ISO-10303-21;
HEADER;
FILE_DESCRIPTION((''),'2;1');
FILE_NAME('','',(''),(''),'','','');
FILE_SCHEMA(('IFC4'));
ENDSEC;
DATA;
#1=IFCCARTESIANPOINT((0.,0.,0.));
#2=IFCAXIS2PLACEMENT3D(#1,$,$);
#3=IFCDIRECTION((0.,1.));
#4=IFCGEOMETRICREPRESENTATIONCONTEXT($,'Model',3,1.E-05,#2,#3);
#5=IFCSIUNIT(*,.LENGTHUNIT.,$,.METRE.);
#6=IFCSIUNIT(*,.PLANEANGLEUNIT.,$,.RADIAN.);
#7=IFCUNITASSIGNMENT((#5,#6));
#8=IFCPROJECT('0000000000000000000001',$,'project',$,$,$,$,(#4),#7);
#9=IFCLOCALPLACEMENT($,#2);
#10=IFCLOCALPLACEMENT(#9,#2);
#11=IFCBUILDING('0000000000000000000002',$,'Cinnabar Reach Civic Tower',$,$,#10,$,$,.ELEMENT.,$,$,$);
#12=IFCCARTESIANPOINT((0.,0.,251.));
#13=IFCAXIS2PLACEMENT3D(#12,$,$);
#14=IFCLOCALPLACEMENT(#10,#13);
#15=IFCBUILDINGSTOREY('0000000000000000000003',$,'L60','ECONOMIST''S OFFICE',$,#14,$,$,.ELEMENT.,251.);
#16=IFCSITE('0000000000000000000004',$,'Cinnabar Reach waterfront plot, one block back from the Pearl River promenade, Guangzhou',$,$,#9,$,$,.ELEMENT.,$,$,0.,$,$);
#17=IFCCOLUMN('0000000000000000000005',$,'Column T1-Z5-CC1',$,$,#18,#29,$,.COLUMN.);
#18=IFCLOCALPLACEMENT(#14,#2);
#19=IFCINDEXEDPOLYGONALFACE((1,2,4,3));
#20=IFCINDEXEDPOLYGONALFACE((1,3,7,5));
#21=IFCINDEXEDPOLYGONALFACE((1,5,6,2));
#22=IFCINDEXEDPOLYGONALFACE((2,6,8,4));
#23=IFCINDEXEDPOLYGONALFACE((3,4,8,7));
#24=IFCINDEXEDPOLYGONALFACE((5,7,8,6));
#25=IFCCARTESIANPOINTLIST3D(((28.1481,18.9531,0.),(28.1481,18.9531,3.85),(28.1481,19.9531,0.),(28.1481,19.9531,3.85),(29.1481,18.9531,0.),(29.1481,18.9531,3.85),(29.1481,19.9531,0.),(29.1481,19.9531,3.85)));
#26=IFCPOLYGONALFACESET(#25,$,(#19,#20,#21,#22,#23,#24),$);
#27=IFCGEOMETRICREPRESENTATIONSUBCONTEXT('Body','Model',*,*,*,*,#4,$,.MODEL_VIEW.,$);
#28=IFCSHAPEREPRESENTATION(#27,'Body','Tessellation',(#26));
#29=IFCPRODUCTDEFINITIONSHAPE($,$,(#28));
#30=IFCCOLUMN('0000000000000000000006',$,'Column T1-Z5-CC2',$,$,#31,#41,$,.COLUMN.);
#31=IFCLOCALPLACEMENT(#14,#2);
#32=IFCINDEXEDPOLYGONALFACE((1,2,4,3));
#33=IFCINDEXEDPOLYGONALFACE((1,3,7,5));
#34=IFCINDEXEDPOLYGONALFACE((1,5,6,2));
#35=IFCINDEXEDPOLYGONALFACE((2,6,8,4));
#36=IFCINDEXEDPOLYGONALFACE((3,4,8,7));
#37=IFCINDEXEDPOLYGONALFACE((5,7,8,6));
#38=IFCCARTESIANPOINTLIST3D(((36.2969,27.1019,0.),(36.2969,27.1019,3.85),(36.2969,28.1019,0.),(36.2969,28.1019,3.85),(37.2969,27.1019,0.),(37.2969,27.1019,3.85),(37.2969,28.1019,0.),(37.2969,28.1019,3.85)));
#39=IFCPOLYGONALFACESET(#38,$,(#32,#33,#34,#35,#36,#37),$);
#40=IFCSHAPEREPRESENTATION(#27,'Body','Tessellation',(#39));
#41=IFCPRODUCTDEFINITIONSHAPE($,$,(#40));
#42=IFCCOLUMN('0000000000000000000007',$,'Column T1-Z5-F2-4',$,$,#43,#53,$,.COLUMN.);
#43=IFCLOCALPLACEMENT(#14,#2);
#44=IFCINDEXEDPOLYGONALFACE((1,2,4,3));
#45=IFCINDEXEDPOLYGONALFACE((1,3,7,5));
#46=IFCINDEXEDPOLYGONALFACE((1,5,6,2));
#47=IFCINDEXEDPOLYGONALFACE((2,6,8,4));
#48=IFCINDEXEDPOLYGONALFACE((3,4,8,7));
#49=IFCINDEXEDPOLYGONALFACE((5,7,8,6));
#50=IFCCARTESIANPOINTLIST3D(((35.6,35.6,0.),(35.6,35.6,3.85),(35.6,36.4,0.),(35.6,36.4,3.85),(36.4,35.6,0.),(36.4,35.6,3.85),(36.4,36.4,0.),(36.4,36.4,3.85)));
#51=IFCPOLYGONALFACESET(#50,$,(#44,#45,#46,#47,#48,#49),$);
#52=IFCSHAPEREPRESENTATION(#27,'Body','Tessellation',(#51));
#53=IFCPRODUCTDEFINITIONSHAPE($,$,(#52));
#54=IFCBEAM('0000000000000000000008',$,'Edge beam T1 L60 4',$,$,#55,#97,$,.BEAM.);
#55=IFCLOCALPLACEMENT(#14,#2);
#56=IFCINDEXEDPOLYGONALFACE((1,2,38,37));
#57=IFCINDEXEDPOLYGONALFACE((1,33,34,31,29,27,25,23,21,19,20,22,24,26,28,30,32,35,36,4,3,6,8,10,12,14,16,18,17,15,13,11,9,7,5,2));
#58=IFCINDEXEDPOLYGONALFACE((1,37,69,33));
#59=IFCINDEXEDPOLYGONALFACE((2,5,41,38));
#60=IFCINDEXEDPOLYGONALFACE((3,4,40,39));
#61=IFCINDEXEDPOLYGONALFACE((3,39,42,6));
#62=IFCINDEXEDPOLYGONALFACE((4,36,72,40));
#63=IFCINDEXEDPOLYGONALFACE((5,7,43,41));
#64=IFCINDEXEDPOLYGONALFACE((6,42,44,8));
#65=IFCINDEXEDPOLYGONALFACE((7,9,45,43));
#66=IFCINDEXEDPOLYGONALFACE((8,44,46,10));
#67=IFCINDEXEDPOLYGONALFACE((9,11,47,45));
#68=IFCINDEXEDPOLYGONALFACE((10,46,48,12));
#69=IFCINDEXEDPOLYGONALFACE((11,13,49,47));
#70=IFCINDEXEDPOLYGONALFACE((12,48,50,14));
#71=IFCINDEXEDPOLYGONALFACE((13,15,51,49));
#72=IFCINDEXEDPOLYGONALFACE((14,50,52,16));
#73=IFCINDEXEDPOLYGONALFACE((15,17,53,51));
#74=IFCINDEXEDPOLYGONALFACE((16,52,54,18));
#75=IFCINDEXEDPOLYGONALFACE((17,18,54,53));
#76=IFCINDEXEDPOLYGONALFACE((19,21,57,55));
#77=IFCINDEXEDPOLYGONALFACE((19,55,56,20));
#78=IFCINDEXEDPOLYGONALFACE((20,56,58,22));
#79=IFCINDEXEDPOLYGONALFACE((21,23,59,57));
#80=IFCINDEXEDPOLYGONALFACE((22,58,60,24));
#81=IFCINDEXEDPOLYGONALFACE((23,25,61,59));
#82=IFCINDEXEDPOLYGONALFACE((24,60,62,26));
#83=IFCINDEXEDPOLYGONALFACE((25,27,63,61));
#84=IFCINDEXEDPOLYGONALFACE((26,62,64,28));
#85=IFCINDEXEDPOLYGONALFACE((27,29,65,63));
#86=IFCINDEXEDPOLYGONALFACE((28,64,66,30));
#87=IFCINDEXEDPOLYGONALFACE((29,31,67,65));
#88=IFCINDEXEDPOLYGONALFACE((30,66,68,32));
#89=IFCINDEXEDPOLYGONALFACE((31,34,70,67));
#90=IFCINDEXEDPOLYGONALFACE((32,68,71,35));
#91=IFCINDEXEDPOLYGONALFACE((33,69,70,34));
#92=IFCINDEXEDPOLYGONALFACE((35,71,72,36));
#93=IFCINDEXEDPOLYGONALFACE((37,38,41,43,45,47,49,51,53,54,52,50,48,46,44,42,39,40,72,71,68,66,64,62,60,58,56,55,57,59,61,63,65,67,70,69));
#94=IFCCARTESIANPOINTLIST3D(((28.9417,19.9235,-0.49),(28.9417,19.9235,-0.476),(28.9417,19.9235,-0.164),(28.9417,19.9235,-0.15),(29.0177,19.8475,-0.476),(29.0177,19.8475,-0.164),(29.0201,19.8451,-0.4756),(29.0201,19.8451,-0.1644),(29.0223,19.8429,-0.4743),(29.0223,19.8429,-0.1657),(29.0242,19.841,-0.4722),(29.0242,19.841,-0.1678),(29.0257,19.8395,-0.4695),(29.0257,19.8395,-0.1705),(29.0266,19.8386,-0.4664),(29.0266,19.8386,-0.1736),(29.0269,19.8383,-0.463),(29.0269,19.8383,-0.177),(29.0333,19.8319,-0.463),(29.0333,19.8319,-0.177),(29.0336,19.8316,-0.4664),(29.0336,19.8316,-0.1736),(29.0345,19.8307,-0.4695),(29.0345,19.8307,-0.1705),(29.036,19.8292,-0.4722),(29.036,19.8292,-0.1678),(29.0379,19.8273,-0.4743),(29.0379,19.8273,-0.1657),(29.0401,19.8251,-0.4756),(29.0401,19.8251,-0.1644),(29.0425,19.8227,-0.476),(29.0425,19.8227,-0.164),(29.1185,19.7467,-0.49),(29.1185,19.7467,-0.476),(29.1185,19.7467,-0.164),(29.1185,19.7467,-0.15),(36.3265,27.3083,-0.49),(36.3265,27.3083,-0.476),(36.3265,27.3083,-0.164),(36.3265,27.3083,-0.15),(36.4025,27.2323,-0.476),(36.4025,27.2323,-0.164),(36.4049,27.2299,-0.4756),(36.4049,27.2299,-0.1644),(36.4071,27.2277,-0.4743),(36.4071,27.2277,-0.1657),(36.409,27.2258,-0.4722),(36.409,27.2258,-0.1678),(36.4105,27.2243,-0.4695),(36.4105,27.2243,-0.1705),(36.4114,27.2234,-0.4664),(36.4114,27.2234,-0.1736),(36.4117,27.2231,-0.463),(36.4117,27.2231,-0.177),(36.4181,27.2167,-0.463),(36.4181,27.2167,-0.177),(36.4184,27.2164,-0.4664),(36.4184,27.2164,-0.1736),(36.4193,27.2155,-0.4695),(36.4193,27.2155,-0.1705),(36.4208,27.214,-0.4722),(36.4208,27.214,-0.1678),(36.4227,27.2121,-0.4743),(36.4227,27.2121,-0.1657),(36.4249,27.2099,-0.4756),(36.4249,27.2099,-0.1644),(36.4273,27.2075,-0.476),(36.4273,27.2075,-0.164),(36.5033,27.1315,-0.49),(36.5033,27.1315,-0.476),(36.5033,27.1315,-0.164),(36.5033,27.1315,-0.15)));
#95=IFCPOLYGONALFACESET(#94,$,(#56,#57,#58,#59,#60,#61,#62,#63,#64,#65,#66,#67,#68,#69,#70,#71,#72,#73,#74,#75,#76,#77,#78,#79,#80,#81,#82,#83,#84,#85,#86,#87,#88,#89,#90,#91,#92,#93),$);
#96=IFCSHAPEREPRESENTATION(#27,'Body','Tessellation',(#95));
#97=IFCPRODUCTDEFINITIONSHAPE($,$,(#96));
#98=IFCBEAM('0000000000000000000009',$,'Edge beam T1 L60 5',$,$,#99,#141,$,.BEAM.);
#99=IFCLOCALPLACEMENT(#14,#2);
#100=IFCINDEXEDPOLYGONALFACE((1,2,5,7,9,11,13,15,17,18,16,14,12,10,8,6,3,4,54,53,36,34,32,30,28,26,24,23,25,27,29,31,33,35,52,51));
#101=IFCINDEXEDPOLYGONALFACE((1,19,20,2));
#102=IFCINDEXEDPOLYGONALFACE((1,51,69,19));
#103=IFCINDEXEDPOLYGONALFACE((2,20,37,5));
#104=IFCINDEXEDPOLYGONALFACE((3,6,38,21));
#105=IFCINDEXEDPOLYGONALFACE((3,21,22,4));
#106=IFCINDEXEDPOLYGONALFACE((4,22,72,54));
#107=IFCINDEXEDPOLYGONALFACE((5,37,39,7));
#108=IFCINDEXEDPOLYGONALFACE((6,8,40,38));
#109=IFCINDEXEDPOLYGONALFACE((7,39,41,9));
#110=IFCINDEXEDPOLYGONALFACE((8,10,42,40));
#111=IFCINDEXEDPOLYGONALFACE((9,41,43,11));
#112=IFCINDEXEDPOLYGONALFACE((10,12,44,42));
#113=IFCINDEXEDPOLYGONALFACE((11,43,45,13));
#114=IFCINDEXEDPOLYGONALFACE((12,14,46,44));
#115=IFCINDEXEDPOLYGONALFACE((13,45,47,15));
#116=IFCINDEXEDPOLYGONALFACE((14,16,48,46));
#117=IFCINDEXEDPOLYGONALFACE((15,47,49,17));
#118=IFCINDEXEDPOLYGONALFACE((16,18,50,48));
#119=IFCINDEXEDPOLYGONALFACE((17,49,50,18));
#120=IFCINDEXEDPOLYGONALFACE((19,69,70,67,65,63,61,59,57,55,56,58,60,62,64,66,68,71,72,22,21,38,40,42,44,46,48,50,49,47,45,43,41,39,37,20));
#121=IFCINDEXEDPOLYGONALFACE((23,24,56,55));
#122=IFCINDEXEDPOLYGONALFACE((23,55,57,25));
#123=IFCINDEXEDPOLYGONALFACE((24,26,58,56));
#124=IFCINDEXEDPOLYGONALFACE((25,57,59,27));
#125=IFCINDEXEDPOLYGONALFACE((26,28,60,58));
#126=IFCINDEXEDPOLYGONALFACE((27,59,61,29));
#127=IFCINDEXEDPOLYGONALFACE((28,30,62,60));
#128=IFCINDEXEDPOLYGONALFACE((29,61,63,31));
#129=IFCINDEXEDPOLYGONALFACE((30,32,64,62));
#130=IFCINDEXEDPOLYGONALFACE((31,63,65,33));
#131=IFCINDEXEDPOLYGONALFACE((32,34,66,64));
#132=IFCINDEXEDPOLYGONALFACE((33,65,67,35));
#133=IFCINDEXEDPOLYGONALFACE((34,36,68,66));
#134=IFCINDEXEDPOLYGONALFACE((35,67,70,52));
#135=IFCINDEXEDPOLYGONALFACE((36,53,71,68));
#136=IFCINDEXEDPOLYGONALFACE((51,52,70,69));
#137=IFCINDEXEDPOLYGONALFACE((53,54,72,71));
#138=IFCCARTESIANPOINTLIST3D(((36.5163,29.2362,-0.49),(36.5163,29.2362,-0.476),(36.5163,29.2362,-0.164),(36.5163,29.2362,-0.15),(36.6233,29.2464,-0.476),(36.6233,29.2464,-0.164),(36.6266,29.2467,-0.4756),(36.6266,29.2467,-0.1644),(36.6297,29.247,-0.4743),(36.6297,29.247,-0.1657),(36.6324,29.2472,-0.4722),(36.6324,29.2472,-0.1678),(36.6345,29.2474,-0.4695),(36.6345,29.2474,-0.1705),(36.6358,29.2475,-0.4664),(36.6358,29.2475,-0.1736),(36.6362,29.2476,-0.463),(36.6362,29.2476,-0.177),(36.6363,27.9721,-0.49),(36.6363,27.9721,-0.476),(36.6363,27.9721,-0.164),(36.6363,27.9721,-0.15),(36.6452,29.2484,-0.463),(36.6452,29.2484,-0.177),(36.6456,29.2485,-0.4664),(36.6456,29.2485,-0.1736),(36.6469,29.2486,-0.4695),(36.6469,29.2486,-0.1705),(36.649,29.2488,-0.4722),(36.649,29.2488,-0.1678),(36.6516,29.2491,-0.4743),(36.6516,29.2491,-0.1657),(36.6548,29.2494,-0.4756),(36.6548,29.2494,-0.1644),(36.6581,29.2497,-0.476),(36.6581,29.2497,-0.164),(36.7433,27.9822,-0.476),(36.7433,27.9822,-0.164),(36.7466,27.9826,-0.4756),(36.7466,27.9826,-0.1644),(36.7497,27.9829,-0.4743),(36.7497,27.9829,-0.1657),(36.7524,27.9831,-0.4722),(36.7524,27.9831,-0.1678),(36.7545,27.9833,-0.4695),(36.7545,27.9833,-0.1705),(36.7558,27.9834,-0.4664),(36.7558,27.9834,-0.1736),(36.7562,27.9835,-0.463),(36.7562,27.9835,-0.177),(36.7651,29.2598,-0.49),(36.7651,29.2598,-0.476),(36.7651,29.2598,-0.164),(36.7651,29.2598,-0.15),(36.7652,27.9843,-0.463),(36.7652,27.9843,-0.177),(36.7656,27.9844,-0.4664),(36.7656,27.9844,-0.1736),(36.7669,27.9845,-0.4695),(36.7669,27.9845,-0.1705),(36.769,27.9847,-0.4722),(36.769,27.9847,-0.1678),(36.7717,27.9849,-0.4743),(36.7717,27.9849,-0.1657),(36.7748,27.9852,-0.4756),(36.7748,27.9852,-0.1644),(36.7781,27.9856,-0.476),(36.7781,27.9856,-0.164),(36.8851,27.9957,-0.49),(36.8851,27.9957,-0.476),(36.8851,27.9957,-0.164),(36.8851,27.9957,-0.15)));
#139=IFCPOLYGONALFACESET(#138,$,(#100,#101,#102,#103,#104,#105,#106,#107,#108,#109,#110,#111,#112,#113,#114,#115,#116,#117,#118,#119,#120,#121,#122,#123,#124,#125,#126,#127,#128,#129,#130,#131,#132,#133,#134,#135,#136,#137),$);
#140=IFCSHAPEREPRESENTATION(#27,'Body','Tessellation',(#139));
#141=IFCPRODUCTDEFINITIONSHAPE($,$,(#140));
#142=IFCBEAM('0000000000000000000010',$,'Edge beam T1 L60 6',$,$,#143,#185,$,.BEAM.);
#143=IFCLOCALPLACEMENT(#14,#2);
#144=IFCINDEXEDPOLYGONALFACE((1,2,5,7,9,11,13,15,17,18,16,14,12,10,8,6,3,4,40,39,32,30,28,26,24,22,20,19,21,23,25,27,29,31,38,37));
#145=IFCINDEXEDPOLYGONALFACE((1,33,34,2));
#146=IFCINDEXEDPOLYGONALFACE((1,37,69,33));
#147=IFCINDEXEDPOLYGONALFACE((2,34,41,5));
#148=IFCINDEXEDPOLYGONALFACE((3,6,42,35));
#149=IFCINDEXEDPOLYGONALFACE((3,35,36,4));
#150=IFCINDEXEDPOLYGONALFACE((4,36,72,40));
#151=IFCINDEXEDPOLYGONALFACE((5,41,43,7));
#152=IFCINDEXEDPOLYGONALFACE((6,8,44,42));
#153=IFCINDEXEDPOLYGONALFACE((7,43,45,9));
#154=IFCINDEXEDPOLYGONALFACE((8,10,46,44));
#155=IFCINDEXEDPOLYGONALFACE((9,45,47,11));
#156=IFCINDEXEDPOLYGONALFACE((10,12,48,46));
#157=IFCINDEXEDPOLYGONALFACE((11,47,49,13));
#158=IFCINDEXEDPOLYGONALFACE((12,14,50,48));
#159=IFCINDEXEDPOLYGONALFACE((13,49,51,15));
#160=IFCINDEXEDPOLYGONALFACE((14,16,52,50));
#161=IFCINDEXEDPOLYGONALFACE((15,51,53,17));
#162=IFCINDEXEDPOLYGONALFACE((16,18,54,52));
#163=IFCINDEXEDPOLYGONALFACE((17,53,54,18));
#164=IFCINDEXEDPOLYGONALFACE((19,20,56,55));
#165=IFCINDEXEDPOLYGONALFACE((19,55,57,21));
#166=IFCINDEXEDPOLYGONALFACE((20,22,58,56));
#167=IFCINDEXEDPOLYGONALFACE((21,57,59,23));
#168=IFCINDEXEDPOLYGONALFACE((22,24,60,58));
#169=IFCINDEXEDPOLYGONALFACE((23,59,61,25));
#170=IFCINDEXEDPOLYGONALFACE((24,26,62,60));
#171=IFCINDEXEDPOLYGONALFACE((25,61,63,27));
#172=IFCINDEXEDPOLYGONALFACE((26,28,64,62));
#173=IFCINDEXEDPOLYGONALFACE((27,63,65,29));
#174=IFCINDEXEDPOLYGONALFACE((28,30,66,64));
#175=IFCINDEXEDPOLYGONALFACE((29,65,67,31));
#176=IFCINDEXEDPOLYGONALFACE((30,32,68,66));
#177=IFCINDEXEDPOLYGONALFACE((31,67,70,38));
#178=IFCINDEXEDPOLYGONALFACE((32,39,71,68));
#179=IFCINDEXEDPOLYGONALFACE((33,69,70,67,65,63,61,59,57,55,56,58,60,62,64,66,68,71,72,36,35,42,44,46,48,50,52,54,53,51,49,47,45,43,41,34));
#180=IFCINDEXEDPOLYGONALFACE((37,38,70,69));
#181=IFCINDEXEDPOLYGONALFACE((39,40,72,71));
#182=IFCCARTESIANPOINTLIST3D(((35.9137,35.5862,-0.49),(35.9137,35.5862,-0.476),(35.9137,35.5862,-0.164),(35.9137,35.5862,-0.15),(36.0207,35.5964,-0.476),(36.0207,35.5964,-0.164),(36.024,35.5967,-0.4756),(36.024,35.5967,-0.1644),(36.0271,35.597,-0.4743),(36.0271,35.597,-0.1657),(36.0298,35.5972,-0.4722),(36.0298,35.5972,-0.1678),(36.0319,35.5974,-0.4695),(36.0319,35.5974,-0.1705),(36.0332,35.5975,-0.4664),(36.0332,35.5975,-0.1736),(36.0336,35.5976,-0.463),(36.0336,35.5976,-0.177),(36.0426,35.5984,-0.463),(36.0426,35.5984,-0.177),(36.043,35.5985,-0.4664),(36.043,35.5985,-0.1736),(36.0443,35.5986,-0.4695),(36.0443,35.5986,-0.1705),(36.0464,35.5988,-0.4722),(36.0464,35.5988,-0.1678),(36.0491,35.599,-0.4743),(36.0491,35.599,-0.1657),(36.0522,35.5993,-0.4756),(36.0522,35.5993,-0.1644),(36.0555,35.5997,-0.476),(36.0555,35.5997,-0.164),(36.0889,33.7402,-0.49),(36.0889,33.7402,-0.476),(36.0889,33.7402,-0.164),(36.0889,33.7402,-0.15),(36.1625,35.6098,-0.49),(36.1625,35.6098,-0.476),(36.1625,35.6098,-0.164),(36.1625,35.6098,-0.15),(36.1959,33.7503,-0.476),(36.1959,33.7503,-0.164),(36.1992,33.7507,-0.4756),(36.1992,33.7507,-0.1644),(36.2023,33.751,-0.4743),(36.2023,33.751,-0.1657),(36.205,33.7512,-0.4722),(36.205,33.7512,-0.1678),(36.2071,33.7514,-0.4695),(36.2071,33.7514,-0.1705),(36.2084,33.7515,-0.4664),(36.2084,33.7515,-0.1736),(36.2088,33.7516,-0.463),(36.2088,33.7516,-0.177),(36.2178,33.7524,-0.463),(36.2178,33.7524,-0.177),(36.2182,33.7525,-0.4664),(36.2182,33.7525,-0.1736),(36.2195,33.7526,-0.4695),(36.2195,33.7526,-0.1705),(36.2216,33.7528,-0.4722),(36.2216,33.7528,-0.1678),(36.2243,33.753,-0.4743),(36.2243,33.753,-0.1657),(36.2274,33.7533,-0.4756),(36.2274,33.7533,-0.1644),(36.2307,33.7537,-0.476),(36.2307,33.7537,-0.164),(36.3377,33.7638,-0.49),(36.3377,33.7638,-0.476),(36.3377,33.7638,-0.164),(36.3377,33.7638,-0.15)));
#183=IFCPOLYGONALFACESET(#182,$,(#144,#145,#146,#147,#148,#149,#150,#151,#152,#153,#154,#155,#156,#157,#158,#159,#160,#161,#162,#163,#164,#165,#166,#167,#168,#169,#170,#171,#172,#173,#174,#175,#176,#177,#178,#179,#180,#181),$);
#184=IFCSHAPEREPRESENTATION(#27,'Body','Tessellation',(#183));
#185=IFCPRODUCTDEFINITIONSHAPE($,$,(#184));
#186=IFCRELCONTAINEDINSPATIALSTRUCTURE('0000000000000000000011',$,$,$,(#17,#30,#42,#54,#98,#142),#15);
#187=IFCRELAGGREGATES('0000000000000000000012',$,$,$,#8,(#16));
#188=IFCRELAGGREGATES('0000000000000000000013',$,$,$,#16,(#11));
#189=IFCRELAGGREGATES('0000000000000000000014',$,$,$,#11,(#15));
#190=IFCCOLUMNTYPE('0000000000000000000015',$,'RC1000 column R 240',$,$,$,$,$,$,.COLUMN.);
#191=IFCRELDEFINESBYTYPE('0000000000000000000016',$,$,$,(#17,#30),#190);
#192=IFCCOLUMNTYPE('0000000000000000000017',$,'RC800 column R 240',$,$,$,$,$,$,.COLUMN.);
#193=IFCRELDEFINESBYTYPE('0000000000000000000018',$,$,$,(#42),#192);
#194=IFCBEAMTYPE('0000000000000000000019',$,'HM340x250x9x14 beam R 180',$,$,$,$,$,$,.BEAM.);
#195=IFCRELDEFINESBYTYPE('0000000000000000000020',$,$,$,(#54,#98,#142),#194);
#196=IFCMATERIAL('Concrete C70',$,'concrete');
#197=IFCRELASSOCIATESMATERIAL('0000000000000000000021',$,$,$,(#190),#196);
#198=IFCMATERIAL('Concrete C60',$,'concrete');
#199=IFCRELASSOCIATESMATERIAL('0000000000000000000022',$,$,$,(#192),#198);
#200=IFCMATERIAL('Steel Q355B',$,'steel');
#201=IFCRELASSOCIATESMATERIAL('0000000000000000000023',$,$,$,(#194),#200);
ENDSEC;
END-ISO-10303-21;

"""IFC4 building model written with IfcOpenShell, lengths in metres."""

from ifc_helpers import new_model, si_unit, direction, frame, origin, origin_2d, place, context, subcontext, project, spatial, rectangle, i_section, extrude, material, material_profile, profile_set, type_object, element, save


model = new_model("IFC4")

# Units and contexts
model_context = context("Model", 3, precision=1e-05, world=origin(), true_north=direction((0.0, 1.0)))
body_context = subcontext(model_context, "Body", "Model", "MODEL_VIEW")
ifc_project = project(units=[si_unit("LENGTHUNIT", "METRE"), si_unit("PLANEANGLEUNIT", "RADIAN")], contexts=[model_context])

# Site, building, storey
site_placement = place(None, origin())
site = spatial("IfcSite", under=ifc_project, at=site_placement, Name="Cinnabar Reach waterfront plot, one block back from the Pearl River promenade, Guangzhou", CompositionType="ELEMENT", RefElevation=0.0)
building_placement = place(site_placement, origin())
building = spatial("IfcBuilding", under=site, at=building_placement, Name="Cinnabar Reach Civic Tower", CompositionType="ELEMENT")
storey_placement = place(building_placement, frame((0.0, 0.0, 251.0)))
storey = spatial("IfcBuildingStorey", under=building, at=storey_placement, Name="L60", Description="ECONOMIST'S OFFICE", CompositionType="ELEMENT", Elevation=251.0)

# Columns
ifc_material_1 = material(Name="Concrete C70", Category="concrete")
ifc_material_profile_1 = material_profile(ifc_material_1, rectangle(XDim=1.0, YDim=1.0, at=origin_2d()), Name="RC1000")
ifc_profile_set_1 = profile_set([ifc_material_profile_1], Name="Concrete C70")
column_type_1 = type_object("IfcColumnType", Name="RC1000 column R 240", PredefinedType="COLUMN", material=ifc_profile_set_1)
for number, where, z_axis, x_axis, name in (
    (1, (28.6481, 19.4531, 0.0), (0.0, 0.0, 1.0), (1.0, 0.0, 0.0), "Column T1-Z5-CC1"),
    (2, (36.7969, 27.6019, 0.0), (0.0, 0.0, 1.0), (1.0, 0.0, 0.0), "Column T1-Z5-CC2"),
):
    element("IfcColumn", number, at=place(storey_placement, frame(where, z_axis=z_axis, x_axis=x_axis)), inside=storey, type_object=column_type_1, Name=name, PredefinedType="COLUMN", context=body_context, shape_type="SweptSolid", body=[
        extrude(rectangle(XDim=1.0, YDim=1.0, at=origin_2d()), origin(), (0.0, 0.0, 1.0), 3.85),
    ])
ifc_material_2 = material(Name="Concrete C60", Category="concrete")
ifc_material_profile_2 = material_profile(ifc_material_2, rectangle(XDim=0.8, YDim=0.8, at=origin_2d()), Name="RC800")
ifc_profile_set_2 = profile_set([ifc_material_profile_2], Name="Concrete C60")
column_type_2 = type_object("IfcColumnType", Name="RC800 column R 240", PredefinedType="COLUMN", material=ifc_profile_set_2)
column_placement = place(storey_placement, frame((36.0, 36.0, 0.0), z_axis=(0.0, 0.0, 1.0), x_axis=(1.0, 0.0, 0.0)))
element("IfcColumn", 3, at=column_placement, inside=storey, type_object=column_type_2, Name="Column T1-Z5-F2-4", PredefinedType="COLUMN", context=body_context, shape_type="SweptSolid", body=[
    extrude(rectangle(XDim=0.8, YDim=0.8, at=origin_2d()), origin(), (0.0, 0.0, 1.0), 3.85),
])

# Beams
ifc_material_3 = material(Name="Steel Q355B", Category="steel")
ifc_material_profile_3 = material_profile(ifc_material_3, i_section(OverallWidth=0.25, OverallDepth=0.34, WebThickness=0.009, FlangeThickness=0.014, FilletRadius=0.013, at=origin_2d()), Name="HM340x250x9x14")
ifc_profile_set_3 = profile_set([ifc_material_profile_3], Name="Steel Q355B")
beam_type_1 = type_object("IfcBeamType", Name="HM340x250x9x14 beam R 180", PredefinedType="BEAM", material=ifc_profile_set_3)
beam_1_placement = place(storey_placement, frame((29.0301, 19.8351, -0.32), z_axis=(0.707107, 0.707107, 0.0), x_axis=(-0.707107, 0.707107, 0.0)))
element("IfcBeam", 4, at=beam_1_placement, inside=storey, type_object=beam_type_1, Name="Edge beam T1 L60 4", PredefinedType="BEAM", context=body_context, shape_type="SweptSolid", body=[
    extrude(i_section(OverallWidth=0.25, OverallDepth=0.34, WebThickness=0.009, FlangeThickness=0.014, FilletRadius=0.013, at=origin_2d()), origin(), (0.0, 0.0, 1.0), 10.4437),
])
beam_2_placement = place(storey_placement, frame((36.7607, 27.9839, -0.32), z_axis=(-0.094504, 0.995524, 0.0), x_axis=(-0.995524, -0.094504, 0.0)))
element("IfcBeam", 5, at=beam_2_placement, inside=storey, type_object=beam_type_1, Name="Edge beam T1 L60 5", PredefinedType="BEAM", context=body_context, shape_type="SweptSolid", body=[
    extrude(i_section(OverallWidth=0.25, OverallDepth=0.34, WebThickness=0.009, FlangeThickness=0.014, FilletRadius=0.013, at=origin_2d()), origin(), (0.0, 0.0, 1.0), 1.2698),
])
beam_3_placement = place(storey_placement, frame((36.2133, 33.752, -0.32), z_axis=(-0.094483, 0.995526, 0.0), x_axis=(-0.995526, -0.094483, 0.0)))
element("IfcBeam", 6, at=beam_3_placement, inside=storey, type_object=beam_type_1, Name="Edge beam T1 L60 6", PredefinedType="BEAM", context=body_context, shape_type="SweptSolid", body=[
    extrude(i_section(OverallWidth=0.25, OverallDepth=0.34, WebThickness=0.009, FlangeThickness=0.014, FilletRadius=0.013, at=origin_2d()), origin(), (0.0, 0.0, 1.0), 1.8543),
])

save(model, "model.ifc")
